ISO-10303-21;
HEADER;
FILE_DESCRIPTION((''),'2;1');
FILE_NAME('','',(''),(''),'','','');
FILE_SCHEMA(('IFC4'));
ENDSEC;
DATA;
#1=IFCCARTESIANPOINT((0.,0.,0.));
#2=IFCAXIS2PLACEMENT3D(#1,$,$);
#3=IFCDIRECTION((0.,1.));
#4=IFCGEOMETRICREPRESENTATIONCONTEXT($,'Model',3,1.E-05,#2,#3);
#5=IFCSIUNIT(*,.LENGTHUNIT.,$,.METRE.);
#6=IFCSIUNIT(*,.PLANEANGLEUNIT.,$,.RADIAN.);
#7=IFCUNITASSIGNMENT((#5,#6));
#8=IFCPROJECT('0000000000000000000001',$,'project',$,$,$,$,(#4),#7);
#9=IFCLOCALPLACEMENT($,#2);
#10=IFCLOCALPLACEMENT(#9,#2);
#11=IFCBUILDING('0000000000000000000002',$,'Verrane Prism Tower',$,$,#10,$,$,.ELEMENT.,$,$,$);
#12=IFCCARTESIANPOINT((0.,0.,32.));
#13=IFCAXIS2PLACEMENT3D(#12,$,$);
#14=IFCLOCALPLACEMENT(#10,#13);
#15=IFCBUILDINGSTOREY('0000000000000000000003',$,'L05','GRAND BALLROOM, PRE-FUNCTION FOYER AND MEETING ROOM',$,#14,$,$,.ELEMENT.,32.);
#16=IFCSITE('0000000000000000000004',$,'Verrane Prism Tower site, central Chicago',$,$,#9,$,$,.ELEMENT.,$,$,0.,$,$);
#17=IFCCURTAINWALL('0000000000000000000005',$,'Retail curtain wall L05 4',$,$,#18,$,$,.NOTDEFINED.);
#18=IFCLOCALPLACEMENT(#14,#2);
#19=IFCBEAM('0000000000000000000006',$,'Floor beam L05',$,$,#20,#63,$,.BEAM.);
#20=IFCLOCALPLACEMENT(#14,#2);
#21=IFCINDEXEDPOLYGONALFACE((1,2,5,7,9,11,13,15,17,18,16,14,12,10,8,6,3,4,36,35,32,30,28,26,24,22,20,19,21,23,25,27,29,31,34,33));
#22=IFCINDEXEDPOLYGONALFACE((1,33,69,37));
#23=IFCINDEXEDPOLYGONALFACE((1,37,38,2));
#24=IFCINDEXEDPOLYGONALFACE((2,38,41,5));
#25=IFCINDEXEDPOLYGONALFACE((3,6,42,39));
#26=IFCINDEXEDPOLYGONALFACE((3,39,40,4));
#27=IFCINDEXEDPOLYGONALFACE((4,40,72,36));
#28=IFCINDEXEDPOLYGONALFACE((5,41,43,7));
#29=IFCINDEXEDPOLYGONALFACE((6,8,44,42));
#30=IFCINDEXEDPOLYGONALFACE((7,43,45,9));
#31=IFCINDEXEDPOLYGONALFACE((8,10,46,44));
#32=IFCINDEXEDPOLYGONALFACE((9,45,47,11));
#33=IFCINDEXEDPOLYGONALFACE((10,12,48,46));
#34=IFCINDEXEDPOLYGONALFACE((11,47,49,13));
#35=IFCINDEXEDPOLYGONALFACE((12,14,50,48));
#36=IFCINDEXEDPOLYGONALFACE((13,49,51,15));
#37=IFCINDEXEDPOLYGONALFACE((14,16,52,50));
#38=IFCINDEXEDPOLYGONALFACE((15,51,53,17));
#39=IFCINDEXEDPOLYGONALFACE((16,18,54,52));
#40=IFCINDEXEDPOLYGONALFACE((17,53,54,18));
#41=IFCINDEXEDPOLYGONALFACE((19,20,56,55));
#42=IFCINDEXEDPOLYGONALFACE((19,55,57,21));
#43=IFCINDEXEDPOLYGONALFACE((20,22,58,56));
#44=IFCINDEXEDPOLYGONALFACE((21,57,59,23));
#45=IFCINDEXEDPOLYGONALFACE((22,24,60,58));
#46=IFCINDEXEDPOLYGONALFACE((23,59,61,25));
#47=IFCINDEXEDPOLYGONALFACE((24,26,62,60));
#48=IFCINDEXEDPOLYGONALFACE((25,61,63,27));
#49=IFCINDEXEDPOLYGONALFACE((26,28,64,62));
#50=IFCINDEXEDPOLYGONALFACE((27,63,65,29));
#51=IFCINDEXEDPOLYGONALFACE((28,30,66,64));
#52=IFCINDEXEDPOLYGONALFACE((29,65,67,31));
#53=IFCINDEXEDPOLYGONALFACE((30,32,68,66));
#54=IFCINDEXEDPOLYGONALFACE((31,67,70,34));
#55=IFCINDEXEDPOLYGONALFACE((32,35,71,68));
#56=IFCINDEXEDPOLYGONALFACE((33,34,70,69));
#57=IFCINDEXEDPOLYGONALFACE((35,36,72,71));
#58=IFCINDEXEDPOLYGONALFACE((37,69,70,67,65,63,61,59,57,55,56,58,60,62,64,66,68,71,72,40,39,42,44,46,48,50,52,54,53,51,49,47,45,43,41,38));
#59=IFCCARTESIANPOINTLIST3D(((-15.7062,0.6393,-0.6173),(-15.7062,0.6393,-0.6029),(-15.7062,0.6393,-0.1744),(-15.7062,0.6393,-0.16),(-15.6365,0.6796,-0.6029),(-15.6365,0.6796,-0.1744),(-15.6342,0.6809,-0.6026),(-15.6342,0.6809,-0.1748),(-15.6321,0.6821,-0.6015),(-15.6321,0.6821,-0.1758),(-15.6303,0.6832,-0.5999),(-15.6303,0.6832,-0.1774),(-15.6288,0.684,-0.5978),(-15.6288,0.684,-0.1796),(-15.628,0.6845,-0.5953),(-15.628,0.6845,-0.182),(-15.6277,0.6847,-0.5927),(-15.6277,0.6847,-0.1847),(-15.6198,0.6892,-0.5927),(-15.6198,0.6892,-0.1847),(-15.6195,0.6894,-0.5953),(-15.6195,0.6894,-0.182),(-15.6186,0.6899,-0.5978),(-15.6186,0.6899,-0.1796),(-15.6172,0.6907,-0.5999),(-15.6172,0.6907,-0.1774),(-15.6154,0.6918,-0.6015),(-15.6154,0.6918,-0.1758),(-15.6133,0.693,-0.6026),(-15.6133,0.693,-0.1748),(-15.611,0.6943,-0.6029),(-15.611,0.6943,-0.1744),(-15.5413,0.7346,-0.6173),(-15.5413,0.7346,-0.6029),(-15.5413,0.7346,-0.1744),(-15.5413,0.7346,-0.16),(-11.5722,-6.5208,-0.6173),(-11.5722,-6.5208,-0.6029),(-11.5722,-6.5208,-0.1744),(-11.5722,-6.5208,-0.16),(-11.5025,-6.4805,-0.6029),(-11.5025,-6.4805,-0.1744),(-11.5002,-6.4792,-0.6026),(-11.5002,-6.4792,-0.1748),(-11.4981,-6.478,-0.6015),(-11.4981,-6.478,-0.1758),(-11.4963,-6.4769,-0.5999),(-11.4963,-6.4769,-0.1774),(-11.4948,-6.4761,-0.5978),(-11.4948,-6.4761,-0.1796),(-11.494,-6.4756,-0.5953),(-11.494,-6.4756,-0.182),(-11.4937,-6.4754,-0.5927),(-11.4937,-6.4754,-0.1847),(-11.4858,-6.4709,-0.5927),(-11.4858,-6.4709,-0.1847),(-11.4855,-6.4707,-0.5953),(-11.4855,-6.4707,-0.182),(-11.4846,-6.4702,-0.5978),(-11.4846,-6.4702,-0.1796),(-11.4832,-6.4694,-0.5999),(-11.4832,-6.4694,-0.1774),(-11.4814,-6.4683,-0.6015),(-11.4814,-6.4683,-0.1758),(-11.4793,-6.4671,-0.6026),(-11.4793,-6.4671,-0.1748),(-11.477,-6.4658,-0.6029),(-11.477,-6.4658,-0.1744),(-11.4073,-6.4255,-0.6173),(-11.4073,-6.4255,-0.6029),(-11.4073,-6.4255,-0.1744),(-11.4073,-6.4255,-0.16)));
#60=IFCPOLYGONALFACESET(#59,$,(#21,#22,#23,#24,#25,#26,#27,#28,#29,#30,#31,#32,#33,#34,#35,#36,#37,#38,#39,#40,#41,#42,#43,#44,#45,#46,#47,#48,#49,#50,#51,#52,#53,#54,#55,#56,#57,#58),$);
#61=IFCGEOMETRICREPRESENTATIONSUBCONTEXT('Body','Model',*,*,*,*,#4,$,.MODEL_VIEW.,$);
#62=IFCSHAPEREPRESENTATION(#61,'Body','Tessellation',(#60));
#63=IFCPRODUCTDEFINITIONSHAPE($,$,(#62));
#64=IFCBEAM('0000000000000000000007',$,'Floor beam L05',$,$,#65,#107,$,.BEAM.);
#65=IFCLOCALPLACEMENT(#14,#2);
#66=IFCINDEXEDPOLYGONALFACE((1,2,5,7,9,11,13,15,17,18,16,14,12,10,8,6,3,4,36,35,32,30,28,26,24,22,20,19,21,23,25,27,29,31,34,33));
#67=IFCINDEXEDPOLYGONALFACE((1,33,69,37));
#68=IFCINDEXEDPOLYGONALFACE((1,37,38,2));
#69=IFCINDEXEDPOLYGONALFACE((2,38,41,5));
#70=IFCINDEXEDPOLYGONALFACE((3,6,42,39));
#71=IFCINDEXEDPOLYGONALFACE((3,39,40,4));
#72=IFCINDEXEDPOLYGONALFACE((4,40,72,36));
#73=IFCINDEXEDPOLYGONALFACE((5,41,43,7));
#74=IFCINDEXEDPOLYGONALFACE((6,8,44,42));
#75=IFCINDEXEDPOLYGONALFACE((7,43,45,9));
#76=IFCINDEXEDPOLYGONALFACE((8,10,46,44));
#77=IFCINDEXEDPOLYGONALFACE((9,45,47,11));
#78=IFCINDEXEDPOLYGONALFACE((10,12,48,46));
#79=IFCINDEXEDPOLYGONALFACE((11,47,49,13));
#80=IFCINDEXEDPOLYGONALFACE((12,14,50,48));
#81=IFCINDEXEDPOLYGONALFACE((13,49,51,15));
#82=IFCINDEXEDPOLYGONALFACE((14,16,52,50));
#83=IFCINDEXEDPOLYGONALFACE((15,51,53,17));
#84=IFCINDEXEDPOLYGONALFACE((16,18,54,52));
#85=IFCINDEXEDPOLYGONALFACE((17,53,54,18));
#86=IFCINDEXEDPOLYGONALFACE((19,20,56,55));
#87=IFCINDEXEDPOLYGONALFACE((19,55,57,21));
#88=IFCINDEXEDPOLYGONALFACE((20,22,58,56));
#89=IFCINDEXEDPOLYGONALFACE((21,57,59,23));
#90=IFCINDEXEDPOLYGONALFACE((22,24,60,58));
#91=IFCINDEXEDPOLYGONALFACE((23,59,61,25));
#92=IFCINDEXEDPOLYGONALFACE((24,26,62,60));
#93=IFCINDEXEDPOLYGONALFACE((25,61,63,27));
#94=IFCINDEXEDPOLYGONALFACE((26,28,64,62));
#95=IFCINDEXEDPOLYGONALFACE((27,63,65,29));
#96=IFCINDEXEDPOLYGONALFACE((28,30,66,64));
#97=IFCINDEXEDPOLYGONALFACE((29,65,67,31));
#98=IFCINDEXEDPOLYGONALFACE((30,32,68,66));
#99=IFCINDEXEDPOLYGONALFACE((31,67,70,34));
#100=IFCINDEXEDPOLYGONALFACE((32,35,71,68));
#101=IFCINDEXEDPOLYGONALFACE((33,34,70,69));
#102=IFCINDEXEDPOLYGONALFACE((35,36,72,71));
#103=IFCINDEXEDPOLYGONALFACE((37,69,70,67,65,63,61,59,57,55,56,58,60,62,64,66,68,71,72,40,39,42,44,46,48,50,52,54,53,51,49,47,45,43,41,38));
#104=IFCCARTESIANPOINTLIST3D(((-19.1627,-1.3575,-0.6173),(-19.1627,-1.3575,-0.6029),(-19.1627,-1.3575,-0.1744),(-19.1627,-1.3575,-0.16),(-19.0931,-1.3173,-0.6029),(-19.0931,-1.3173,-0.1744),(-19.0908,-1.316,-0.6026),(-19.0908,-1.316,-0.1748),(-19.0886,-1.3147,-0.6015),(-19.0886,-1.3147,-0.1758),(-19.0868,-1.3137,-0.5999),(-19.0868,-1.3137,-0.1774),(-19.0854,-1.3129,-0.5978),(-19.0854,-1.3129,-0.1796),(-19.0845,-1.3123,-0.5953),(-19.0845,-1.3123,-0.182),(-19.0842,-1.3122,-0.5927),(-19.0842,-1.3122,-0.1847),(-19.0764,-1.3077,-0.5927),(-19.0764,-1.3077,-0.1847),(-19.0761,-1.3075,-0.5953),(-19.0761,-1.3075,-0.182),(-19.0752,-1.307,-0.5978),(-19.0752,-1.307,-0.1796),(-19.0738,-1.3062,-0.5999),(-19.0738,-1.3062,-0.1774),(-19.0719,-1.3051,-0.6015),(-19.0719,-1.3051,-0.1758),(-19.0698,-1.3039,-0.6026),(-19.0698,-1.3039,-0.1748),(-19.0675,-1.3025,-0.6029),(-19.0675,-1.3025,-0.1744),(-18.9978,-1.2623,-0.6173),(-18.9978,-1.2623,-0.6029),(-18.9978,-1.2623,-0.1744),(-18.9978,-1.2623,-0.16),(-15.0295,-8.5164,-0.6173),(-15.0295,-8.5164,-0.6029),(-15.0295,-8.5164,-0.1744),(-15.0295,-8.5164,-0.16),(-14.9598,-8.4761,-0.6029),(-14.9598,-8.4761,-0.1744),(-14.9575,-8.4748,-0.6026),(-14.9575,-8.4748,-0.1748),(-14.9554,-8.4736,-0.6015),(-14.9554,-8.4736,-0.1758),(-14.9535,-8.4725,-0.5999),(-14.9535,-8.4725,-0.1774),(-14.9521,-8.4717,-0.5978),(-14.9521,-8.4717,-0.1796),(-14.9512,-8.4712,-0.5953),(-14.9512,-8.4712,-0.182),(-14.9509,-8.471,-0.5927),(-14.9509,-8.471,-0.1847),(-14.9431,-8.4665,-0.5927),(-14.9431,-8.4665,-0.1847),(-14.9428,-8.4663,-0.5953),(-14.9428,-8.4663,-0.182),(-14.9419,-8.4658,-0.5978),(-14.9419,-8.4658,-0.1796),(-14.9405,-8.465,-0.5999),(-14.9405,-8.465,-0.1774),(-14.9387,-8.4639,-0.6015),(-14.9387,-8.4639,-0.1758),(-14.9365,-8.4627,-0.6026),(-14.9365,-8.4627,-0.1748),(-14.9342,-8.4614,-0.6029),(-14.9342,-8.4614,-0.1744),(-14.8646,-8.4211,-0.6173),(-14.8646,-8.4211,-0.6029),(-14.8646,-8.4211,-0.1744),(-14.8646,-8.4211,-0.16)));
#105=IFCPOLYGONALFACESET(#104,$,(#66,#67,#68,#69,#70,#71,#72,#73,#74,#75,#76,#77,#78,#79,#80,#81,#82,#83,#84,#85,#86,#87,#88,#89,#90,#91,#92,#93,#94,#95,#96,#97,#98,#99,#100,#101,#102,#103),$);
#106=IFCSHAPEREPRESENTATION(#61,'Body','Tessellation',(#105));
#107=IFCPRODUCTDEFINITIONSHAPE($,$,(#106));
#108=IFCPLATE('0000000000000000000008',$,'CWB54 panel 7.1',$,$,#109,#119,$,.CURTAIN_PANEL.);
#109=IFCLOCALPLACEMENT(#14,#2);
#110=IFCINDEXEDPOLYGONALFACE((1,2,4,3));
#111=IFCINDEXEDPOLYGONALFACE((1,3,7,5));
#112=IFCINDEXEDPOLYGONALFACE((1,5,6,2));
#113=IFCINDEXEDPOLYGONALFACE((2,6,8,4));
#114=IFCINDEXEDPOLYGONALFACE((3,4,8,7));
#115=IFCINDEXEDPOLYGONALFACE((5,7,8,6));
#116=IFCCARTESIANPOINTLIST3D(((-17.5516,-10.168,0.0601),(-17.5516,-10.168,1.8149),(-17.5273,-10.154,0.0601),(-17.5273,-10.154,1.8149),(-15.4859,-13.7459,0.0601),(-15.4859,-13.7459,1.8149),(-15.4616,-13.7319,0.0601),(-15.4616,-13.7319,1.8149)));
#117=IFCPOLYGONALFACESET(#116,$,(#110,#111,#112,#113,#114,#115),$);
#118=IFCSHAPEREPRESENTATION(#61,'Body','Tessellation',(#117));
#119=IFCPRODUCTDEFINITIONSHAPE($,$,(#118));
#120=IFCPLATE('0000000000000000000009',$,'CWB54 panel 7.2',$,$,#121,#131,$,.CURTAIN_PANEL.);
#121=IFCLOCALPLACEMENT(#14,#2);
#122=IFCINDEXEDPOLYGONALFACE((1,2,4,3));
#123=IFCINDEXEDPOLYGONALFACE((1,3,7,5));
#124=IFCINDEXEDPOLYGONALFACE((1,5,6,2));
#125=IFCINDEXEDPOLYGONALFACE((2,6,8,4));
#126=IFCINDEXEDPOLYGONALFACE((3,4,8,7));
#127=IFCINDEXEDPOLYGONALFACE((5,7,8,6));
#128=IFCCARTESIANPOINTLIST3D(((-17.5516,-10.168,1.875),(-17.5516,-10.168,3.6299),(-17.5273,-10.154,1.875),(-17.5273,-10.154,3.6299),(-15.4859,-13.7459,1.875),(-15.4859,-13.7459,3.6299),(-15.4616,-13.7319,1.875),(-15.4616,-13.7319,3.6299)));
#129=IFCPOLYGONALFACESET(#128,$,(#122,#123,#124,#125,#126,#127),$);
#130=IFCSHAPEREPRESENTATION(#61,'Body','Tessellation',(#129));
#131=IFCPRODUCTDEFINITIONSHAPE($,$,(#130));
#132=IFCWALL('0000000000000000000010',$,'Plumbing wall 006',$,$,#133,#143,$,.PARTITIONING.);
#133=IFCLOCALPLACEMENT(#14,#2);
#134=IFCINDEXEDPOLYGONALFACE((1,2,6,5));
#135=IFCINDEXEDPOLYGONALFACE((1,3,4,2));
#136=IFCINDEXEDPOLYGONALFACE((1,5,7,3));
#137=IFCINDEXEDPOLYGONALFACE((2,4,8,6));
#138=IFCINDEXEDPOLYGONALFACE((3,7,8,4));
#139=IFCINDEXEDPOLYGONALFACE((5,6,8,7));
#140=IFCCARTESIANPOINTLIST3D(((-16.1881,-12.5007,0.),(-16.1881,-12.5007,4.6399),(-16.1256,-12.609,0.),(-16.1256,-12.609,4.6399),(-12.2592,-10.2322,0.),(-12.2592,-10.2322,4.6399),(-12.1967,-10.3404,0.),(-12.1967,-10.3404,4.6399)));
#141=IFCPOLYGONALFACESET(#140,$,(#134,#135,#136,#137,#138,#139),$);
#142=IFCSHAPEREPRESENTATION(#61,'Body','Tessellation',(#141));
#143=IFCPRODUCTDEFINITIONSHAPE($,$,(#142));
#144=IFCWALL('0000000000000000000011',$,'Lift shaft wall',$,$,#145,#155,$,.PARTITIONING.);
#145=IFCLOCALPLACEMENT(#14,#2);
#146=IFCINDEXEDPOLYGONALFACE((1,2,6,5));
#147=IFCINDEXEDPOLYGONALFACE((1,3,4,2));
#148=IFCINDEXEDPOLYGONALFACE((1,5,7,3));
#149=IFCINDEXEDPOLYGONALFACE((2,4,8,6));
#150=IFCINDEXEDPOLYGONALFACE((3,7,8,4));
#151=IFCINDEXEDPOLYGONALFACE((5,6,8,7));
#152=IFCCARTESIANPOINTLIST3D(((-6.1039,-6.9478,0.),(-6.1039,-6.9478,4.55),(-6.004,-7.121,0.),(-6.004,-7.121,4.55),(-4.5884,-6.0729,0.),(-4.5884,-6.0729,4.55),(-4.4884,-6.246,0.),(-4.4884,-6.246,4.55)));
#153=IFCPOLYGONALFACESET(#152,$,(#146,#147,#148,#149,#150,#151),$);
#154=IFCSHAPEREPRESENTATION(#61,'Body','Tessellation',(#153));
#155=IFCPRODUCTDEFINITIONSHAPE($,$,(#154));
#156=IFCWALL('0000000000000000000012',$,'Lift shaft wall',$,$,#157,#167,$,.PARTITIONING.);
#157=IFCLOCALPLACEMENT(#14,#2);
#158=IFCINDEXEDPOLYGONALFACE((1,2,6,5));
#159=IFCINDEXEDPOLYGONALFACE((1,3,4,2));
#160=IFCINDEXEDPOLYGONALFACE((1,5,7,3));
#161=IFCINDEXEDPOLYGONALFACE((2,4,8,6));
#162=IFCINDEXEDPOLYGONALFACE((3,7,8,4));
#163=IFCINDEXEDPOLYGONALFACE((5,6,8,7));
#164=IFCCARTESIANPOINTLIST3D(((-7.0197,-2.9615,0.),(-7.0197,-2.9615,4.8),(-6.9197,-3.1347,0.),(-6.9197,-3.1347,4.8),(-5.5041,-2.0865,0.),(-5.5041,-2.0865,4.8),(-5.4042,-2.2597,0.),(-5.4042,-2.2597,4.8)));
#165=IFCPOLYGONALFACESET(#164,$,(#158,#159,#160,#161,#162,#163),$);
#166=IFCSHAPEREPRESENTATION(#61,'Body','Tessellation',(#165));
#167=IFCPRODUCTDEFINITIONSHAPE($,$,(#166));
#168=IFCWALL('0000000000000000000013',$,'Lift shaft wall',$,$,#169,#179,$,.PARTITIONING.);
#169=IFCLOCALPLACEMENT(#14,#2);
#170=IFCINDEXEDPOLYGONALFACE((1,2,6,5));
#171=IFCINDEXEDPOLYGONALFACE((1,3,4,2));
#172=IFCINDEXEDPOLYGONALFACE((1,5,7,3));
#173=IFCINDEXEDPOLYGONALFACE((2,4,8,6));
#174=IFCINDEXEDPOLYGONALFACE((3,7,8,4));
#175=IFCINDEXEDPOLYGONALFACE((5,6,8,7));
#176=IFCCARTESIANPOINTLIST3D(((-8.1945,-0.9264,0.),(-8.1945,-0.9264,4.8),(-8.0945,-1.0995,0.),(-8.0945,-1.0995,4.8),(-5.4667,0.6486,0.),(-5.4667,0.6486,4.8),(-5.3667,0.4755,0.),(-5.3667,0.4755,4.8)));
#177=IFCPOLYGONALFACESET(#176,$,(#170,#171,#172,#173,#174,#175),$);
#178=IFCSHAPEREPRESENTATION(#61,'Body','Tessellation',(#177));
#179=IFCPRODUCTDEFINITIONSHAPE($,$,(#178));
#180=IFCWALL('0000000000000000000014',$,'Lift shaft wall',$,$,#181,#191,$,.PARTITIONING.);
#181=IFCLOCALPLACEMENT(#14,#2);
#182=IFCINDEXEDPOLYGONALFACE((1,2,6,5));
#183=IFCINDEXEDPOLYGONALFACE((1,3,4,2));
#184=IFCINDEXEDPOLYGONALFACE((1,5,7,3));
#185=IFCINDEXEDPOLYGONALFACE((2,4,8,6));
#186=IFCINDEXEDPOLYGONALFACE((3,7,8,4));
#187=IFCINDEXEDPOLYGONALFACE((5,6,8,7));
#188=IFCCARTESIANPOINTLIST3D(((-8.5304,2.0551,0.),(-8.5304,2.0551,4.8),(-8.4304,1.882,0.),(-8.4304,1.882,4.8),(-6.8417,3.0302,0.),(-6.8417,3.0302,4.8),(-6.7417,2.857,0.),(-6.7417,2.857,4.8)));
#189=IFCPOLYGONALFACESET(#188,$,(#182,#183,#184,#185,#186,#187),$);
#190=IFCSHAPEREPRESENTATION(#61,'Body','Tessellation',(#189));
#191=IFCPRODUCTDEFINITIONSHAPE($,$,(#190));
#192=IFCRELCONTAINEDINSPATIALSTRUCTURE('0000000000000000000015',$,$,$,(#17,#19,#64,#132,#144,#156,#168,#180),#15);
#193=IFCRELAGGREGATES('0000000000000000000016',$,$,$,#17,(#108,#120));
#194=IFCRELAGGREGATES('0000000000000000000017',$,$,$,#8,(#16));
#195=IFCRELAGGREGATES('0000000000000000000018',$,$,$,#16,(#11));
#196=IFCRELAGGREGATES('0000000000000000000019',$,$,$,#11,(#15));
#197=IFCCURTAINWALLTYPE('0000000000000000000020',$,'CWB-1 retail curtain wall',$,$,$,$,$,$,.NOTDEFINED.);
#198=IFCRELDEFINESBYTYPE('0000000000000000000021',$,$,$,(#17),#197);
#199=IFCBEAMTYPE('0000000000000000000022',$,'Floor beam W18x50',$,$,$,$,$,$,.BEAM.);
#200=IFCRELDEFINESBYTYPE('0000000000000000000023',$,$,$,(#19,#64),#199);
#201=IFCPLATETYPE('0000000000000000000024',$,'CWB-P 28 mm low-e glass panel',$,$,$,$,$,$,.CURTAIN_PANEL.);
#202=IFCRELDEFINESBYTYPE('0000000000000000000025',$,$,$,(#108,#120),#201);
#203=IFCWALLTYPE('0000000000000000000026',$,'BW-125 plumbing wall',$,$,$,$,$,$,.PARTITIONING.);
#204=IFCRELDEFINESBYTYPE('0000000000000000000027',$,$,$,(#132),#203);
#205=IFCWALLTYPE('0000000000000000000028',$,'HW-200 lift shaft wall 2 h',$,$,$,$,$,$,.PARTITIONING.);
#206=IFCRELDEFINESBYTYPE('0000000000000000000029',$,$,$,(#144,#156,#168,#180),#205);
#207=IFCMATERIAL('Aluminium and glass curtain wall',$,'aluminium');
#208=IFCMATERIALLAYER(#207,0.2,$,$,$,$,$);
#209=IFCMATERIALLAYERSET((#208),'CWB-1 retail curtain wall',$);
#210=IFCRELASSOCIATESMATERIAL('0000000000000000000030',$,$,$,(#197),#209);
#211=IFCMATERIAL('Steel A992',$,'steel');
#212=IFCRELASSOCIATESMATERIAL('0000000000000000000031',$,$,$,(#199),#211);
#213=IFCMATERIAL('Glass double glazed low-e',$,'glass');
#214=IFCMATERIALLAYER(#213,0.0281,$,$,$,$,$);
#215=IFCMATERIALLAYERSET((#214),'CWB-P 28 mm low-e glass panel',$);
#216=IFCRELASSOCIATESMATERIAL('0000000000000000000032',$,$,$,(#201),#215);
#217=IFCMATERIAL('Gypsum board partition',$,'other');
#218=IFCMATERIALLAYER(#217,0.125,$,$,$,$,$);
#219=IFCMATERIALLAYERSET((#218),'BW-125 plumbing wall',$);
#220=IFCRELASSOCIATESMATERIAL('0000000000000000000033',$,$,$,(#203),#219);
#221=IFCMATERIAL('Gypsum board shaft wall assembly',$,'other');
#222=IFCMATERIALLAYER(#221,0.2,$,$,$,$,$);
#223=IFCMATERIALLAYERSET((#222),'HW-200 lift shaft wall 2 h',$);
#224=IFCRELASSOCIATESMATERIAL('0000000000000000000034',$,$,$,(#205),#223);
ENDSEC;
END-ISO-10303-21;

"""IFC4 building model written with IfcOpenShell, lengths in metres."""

from ifc_helpers import new_model, si_unit, direction, frame, frame_2d, origin, origin_2d, place, context, subcontext, project, spatial, rectangle, i_section, extrude, material, layer, layer_set, material_profile, profile_set, type_object, element, aggregate, save


model = new_model("IFC4")

# Units and contexts
model_context = context("Model", 3, precision=1e-05, world=origin(), true_north=direction((0.0, 1.0)))
body_context = subcontext(model_context, "Body", "Model", "MODEL_VIEW")
ifc_project = project(units=[si_unit("LENGTHUNIT", "METRE"), si_unit("PLANEANGLEUNIT", "RADIAN")], contexts=[model_context])

# Site, building, storey
site_placement = place(None, origin())
site = spatial("IfcSite", under=ifc_project, at=site_placement, Name="Verrane Prism Tower site, central Chicago", CompositionType="ELEMENT", RefElevation=0.0)
building_placement = place(site_placement, origin())
building = spatial("IfcBuilding", under=site, at=building_placement, Name="Verrane Prism Tower", CompositionType="ELEMENT")
storey_placement = place(building_placement, frame((0.0, 0.0, 32.0)))
storey = spatial("IfcBuildingStorey", under=building, at=storey_placement, Name="L05", Description="GRAND BALLROOM, PRE-FUNCTION FOYER AND MEETING ROOM", CompositionType="ELEMENT", Elevation=32.0)

# Curtain wall
ifc_material_1 = material(Name="Aluminium and glass curtain wall", Category="aluminium")
ifc_layer_1 = layer(ifc_material_1, 0.2)
ifc_layer_set_1 = layer_set([ifc_layer_1], Name="CWB-1 retail curtain wall")
curtain_wall_type = type_object("IfcCurtainWallType", Name="CWB-1 retail curtain wall", PredefinedType="NOTDEFINED", material=ifc_layer_set_1)
curtain_wall_placement = place(storey_placement, origin())
curtain_wall = element("IfcCurtainWall", 1, at=curtain_wall_placement, inside=storey, type_object=curtain_wall_type, Name="Retail curtain wall L05 4", PredefinedType="NOTDEFINED")

# Beams
ifc_material_2 = material(Name="Steel A992", Category="steel")
ifc_material_profile_1 = material_profile(ifc_material_2, i_section(OverallWidth=0.1904, OverallDepth=0.4573, WebThickness=0.009, FlangeThickness=0.0144, FilletRadius=0.0103, at=origin_2d()), Name="W18x50")
ifc_profile_set_1 = profile_set([ifc_material_profile_1], Name="Steel A992")
beam_type_1 = type_object("IfcBeamType", Name="Floor beam W18x50", PredefinedType="BEAM", material=ifc_profile_set_1)
beam_1_placement = place(storey_placement, frame((-11.4897, -6.4731, -0.3887), z_axis=(-0.50001, 0.866019, 0.0), x_axis=(-0.866019, -0.50001, 0.0)))
element("IfcBeam", 2, at=beam_1_placement, inside=storey, type_object=beam_type_1, Name="Floor beam L05", PredefinedType="BEAM", context=body_context, shape_type="SweptSolid", body=[
    extrude(i_section(OverallWidth=0.1904, OverallDepth=0.4573, WebThickness=0.009, FlangeThickness=0.0144, FilletRadius=0.0103, at=origin_2d()), origin(), (0.0, 0.0, 1.0), 8.2678),
])
beam_2_placement = place(storey_placement, frame((-14.947, -8.4688, -0.3887), z_axis=(-0.500008, 0.866021, 0.0), x_axis=(-0.866021, -0.500008, 0.0)))
element("IfcBeam", 3, at=beam_2_placement, inside=storey, type_object=beam_type_1, Name="Floor beam L05", PredefinedType="BEAM", context=body_context, shape_type="SweptSolid", body=[
    extrude(i_section(OverallWidth=0.1904, OverallDepth=0.4573, WebThickness=0.009, FlangeThickness=0.0144, FilletRadius=0.0103, at=origin_2d()), origin(), (0.0, 0.0, 1.0), 8.2664),
])

# Plates
ifc_material_3 = material(Name="Glass double glazed low-e", Category="glass")
ifc_layer_2 = layer(ifc_material_3, 0.0281)
ifc_layer_set_2 = layer_set([ifc_layer_2], Name="CWB-P 28 mm low-e glass panel")
plate_type = type_object("IfcPlateType", Name="CWB-P 28 mm low-e glass panel", PredefinedType="CURTAIN_PANEL", material=ifc_layer_set_2)
plate_1_placement = place(storey_placement, frame((-16.5066, -11.95, 0.0601), z_axis=(0.0, 0.0, 1.0), x_axis=(0.5, -0.866025, 0.0)))
plate_1 = element("IfcPlate", 4, at=plate_1_placement, type_object=plate_type, Name="CWB54 panel 7.1", PredefinedType="CURTAIN_PANEL", context=body_context, shape_type="SweptSolid", body=[
    extrude(rectangle(XDim=4.1313, YDim=0.0281, at=origin_2d()), origin(), (0.0, 0.0, 1.0), 1.7549),
])
plate_2_placement = place(storey_placement, frame((-16.5066, -11.95, 1.875), z_axis=(0.0, 0.0, 1.0), x_axis=(0.5, -0.866025, 0.0)))
plate_2 = element("IfcPlate", 5, at=plate_2_placement, type_object=plate_type, Name="CWB54 panel 7.2", PredefinedType="CURTAIN_PANEL", context=body_context, shape_type="SweptSolid", body=[
    extrude(rectangle(XDim=4.1313, YDim=0.0281, at=origin_2d()), origin(), (0.0, 0.0, 1.0), 1.7549),
])
aggregate(curtain_wall, [plate_1, plate_2])

# Walls
ifc_material_4 = material(Name="Gypsum board partition", Category="other")
ifc_layer_3 = layer(ifc_material_4, 0.125)
ifc_layer_set_3 = layer_set([ifc_layer_3], Name="BW-125 plumbing wall")
wall_type_1 = type_object("IfcWallType", Name="BW-125 plumbing wall", PredefinedType="PARTITIONING", material=ifc_layer_set_3)
wall_1_placement = place(storey_placement, frame((-16.157, -12.5549, 0.0), z_axis=(0.0, 0.0, 1.0), x_axis=(0.866009, 0.500028, 0.0)))
element("IfcWall", 6, at=wall_1_placement, inside=storey, type_object=wall_type_1, Name="Plumbing wall 006", PredefinedType="PARTITIONING", context=body_context, shape_type="SweptSolid", body=[
    extrude(rectangle(XDim=4.5369, YDim=0.125, at=frame_2d((2.2686, 0.0))), origin(), (0.0, 0.0, 1.0), 4.6399),
])
ifc_material_5 = material(Name="Gypsum board shaft wall assembly", Category="other")
ifc_layer_4 = layer(ifc_material_5, 0.2)
ifc_layer_set_4 = layer_set([ifc_layer_4], Name="HW-200 lift shaft wall 2 h")
wall_type_2 = type_object("IfcWallType", Name="HW-200 lift shaft wall 2 h", PredefinedType="PARTITIONING", material=ifc_layer_set_4)
wall_2_placement = place(storey_placement, frame((-6.054, -7.0344, 0.0), z_axis=(0.0, 0.0, 1.0), x_axis=(0.866037, 0.49998, 0.0)))
element("IfcWall", 7, at=wall_2_placement, inside=storey, type_object=wall_type_2, Name="Lift shaft wall", PredefinedType="PARTITIONING", context=body_context, shape_type="SweptSolid", body=[
    extrude(rectangle(XDim=1.75, YDim=0.2, at=frame_2d((0.875, 0.0))), origin(), (0.0, 0.0, 1.0), 4.55),
])
wall_3_placement = place(storey_placement, frame((-6.9697, -3.0481, 0.0), z_axis=(0.0, 0.0, 1.0), x_axis=(0.866037, 0.49998, 0.0)))
element("IfcWall", 8, at=wall_3_placement, inside=storey, type_object=wall_type_2, Name="Lift shaft wall", PredefinedType="PARTITIONING", context=body_context, shape_type="SweptSolid", body=[
    extrude(rectangle(XDim=1.75, YDim=0.2, at=frame_2d((0.875, 0.0))), origin(), (0.0, 0.0, 1.0), 4.8),
])
wall_4_placement = place(storey_placement, frame((-8.1445, -1.0129, 0.0), z_axis=(0.0, 0.0, 1.0), x_axis=(0.866016, 0.500015, 0.0)))
element("IfcWall", 9, at=wall_4_placement, inside=storey, type_object=wall_type_2, Name="Lift shaft wall", PredefinedType="PARTITIONING", context=body_context, shape_type="SweptSolid", body=[
    extrude(rectangle(XDim=3.1499, YDim=0.2, at=frame_2d((1.575, 0.0))), origin(), (0.0, 0.0, 1.0), 4.8),
])
wall_5_placement = place(storey_placement, frame((-8.4805, 1.9685, 0.0), z_axis=(0.0, 0.0, 1.0), x_axis=(0.866, 0.500044, 0.0)))
element("IfcWall", 10, at=wall_5_placement, inside=storey, type_object=wall_type_2, Name="Lift shaft wall", PredefinedType="PARTITIONING", context=body_context, shape_type="SweptSolid", body=[
    extrude(rectangle(XDim=1.95, YDim=0.2, at=frame_2d((0.9751, 0.0))), origin(), (0.0, 0.0, 1.0), 4.8),
])

save(model, "model.ifc")
